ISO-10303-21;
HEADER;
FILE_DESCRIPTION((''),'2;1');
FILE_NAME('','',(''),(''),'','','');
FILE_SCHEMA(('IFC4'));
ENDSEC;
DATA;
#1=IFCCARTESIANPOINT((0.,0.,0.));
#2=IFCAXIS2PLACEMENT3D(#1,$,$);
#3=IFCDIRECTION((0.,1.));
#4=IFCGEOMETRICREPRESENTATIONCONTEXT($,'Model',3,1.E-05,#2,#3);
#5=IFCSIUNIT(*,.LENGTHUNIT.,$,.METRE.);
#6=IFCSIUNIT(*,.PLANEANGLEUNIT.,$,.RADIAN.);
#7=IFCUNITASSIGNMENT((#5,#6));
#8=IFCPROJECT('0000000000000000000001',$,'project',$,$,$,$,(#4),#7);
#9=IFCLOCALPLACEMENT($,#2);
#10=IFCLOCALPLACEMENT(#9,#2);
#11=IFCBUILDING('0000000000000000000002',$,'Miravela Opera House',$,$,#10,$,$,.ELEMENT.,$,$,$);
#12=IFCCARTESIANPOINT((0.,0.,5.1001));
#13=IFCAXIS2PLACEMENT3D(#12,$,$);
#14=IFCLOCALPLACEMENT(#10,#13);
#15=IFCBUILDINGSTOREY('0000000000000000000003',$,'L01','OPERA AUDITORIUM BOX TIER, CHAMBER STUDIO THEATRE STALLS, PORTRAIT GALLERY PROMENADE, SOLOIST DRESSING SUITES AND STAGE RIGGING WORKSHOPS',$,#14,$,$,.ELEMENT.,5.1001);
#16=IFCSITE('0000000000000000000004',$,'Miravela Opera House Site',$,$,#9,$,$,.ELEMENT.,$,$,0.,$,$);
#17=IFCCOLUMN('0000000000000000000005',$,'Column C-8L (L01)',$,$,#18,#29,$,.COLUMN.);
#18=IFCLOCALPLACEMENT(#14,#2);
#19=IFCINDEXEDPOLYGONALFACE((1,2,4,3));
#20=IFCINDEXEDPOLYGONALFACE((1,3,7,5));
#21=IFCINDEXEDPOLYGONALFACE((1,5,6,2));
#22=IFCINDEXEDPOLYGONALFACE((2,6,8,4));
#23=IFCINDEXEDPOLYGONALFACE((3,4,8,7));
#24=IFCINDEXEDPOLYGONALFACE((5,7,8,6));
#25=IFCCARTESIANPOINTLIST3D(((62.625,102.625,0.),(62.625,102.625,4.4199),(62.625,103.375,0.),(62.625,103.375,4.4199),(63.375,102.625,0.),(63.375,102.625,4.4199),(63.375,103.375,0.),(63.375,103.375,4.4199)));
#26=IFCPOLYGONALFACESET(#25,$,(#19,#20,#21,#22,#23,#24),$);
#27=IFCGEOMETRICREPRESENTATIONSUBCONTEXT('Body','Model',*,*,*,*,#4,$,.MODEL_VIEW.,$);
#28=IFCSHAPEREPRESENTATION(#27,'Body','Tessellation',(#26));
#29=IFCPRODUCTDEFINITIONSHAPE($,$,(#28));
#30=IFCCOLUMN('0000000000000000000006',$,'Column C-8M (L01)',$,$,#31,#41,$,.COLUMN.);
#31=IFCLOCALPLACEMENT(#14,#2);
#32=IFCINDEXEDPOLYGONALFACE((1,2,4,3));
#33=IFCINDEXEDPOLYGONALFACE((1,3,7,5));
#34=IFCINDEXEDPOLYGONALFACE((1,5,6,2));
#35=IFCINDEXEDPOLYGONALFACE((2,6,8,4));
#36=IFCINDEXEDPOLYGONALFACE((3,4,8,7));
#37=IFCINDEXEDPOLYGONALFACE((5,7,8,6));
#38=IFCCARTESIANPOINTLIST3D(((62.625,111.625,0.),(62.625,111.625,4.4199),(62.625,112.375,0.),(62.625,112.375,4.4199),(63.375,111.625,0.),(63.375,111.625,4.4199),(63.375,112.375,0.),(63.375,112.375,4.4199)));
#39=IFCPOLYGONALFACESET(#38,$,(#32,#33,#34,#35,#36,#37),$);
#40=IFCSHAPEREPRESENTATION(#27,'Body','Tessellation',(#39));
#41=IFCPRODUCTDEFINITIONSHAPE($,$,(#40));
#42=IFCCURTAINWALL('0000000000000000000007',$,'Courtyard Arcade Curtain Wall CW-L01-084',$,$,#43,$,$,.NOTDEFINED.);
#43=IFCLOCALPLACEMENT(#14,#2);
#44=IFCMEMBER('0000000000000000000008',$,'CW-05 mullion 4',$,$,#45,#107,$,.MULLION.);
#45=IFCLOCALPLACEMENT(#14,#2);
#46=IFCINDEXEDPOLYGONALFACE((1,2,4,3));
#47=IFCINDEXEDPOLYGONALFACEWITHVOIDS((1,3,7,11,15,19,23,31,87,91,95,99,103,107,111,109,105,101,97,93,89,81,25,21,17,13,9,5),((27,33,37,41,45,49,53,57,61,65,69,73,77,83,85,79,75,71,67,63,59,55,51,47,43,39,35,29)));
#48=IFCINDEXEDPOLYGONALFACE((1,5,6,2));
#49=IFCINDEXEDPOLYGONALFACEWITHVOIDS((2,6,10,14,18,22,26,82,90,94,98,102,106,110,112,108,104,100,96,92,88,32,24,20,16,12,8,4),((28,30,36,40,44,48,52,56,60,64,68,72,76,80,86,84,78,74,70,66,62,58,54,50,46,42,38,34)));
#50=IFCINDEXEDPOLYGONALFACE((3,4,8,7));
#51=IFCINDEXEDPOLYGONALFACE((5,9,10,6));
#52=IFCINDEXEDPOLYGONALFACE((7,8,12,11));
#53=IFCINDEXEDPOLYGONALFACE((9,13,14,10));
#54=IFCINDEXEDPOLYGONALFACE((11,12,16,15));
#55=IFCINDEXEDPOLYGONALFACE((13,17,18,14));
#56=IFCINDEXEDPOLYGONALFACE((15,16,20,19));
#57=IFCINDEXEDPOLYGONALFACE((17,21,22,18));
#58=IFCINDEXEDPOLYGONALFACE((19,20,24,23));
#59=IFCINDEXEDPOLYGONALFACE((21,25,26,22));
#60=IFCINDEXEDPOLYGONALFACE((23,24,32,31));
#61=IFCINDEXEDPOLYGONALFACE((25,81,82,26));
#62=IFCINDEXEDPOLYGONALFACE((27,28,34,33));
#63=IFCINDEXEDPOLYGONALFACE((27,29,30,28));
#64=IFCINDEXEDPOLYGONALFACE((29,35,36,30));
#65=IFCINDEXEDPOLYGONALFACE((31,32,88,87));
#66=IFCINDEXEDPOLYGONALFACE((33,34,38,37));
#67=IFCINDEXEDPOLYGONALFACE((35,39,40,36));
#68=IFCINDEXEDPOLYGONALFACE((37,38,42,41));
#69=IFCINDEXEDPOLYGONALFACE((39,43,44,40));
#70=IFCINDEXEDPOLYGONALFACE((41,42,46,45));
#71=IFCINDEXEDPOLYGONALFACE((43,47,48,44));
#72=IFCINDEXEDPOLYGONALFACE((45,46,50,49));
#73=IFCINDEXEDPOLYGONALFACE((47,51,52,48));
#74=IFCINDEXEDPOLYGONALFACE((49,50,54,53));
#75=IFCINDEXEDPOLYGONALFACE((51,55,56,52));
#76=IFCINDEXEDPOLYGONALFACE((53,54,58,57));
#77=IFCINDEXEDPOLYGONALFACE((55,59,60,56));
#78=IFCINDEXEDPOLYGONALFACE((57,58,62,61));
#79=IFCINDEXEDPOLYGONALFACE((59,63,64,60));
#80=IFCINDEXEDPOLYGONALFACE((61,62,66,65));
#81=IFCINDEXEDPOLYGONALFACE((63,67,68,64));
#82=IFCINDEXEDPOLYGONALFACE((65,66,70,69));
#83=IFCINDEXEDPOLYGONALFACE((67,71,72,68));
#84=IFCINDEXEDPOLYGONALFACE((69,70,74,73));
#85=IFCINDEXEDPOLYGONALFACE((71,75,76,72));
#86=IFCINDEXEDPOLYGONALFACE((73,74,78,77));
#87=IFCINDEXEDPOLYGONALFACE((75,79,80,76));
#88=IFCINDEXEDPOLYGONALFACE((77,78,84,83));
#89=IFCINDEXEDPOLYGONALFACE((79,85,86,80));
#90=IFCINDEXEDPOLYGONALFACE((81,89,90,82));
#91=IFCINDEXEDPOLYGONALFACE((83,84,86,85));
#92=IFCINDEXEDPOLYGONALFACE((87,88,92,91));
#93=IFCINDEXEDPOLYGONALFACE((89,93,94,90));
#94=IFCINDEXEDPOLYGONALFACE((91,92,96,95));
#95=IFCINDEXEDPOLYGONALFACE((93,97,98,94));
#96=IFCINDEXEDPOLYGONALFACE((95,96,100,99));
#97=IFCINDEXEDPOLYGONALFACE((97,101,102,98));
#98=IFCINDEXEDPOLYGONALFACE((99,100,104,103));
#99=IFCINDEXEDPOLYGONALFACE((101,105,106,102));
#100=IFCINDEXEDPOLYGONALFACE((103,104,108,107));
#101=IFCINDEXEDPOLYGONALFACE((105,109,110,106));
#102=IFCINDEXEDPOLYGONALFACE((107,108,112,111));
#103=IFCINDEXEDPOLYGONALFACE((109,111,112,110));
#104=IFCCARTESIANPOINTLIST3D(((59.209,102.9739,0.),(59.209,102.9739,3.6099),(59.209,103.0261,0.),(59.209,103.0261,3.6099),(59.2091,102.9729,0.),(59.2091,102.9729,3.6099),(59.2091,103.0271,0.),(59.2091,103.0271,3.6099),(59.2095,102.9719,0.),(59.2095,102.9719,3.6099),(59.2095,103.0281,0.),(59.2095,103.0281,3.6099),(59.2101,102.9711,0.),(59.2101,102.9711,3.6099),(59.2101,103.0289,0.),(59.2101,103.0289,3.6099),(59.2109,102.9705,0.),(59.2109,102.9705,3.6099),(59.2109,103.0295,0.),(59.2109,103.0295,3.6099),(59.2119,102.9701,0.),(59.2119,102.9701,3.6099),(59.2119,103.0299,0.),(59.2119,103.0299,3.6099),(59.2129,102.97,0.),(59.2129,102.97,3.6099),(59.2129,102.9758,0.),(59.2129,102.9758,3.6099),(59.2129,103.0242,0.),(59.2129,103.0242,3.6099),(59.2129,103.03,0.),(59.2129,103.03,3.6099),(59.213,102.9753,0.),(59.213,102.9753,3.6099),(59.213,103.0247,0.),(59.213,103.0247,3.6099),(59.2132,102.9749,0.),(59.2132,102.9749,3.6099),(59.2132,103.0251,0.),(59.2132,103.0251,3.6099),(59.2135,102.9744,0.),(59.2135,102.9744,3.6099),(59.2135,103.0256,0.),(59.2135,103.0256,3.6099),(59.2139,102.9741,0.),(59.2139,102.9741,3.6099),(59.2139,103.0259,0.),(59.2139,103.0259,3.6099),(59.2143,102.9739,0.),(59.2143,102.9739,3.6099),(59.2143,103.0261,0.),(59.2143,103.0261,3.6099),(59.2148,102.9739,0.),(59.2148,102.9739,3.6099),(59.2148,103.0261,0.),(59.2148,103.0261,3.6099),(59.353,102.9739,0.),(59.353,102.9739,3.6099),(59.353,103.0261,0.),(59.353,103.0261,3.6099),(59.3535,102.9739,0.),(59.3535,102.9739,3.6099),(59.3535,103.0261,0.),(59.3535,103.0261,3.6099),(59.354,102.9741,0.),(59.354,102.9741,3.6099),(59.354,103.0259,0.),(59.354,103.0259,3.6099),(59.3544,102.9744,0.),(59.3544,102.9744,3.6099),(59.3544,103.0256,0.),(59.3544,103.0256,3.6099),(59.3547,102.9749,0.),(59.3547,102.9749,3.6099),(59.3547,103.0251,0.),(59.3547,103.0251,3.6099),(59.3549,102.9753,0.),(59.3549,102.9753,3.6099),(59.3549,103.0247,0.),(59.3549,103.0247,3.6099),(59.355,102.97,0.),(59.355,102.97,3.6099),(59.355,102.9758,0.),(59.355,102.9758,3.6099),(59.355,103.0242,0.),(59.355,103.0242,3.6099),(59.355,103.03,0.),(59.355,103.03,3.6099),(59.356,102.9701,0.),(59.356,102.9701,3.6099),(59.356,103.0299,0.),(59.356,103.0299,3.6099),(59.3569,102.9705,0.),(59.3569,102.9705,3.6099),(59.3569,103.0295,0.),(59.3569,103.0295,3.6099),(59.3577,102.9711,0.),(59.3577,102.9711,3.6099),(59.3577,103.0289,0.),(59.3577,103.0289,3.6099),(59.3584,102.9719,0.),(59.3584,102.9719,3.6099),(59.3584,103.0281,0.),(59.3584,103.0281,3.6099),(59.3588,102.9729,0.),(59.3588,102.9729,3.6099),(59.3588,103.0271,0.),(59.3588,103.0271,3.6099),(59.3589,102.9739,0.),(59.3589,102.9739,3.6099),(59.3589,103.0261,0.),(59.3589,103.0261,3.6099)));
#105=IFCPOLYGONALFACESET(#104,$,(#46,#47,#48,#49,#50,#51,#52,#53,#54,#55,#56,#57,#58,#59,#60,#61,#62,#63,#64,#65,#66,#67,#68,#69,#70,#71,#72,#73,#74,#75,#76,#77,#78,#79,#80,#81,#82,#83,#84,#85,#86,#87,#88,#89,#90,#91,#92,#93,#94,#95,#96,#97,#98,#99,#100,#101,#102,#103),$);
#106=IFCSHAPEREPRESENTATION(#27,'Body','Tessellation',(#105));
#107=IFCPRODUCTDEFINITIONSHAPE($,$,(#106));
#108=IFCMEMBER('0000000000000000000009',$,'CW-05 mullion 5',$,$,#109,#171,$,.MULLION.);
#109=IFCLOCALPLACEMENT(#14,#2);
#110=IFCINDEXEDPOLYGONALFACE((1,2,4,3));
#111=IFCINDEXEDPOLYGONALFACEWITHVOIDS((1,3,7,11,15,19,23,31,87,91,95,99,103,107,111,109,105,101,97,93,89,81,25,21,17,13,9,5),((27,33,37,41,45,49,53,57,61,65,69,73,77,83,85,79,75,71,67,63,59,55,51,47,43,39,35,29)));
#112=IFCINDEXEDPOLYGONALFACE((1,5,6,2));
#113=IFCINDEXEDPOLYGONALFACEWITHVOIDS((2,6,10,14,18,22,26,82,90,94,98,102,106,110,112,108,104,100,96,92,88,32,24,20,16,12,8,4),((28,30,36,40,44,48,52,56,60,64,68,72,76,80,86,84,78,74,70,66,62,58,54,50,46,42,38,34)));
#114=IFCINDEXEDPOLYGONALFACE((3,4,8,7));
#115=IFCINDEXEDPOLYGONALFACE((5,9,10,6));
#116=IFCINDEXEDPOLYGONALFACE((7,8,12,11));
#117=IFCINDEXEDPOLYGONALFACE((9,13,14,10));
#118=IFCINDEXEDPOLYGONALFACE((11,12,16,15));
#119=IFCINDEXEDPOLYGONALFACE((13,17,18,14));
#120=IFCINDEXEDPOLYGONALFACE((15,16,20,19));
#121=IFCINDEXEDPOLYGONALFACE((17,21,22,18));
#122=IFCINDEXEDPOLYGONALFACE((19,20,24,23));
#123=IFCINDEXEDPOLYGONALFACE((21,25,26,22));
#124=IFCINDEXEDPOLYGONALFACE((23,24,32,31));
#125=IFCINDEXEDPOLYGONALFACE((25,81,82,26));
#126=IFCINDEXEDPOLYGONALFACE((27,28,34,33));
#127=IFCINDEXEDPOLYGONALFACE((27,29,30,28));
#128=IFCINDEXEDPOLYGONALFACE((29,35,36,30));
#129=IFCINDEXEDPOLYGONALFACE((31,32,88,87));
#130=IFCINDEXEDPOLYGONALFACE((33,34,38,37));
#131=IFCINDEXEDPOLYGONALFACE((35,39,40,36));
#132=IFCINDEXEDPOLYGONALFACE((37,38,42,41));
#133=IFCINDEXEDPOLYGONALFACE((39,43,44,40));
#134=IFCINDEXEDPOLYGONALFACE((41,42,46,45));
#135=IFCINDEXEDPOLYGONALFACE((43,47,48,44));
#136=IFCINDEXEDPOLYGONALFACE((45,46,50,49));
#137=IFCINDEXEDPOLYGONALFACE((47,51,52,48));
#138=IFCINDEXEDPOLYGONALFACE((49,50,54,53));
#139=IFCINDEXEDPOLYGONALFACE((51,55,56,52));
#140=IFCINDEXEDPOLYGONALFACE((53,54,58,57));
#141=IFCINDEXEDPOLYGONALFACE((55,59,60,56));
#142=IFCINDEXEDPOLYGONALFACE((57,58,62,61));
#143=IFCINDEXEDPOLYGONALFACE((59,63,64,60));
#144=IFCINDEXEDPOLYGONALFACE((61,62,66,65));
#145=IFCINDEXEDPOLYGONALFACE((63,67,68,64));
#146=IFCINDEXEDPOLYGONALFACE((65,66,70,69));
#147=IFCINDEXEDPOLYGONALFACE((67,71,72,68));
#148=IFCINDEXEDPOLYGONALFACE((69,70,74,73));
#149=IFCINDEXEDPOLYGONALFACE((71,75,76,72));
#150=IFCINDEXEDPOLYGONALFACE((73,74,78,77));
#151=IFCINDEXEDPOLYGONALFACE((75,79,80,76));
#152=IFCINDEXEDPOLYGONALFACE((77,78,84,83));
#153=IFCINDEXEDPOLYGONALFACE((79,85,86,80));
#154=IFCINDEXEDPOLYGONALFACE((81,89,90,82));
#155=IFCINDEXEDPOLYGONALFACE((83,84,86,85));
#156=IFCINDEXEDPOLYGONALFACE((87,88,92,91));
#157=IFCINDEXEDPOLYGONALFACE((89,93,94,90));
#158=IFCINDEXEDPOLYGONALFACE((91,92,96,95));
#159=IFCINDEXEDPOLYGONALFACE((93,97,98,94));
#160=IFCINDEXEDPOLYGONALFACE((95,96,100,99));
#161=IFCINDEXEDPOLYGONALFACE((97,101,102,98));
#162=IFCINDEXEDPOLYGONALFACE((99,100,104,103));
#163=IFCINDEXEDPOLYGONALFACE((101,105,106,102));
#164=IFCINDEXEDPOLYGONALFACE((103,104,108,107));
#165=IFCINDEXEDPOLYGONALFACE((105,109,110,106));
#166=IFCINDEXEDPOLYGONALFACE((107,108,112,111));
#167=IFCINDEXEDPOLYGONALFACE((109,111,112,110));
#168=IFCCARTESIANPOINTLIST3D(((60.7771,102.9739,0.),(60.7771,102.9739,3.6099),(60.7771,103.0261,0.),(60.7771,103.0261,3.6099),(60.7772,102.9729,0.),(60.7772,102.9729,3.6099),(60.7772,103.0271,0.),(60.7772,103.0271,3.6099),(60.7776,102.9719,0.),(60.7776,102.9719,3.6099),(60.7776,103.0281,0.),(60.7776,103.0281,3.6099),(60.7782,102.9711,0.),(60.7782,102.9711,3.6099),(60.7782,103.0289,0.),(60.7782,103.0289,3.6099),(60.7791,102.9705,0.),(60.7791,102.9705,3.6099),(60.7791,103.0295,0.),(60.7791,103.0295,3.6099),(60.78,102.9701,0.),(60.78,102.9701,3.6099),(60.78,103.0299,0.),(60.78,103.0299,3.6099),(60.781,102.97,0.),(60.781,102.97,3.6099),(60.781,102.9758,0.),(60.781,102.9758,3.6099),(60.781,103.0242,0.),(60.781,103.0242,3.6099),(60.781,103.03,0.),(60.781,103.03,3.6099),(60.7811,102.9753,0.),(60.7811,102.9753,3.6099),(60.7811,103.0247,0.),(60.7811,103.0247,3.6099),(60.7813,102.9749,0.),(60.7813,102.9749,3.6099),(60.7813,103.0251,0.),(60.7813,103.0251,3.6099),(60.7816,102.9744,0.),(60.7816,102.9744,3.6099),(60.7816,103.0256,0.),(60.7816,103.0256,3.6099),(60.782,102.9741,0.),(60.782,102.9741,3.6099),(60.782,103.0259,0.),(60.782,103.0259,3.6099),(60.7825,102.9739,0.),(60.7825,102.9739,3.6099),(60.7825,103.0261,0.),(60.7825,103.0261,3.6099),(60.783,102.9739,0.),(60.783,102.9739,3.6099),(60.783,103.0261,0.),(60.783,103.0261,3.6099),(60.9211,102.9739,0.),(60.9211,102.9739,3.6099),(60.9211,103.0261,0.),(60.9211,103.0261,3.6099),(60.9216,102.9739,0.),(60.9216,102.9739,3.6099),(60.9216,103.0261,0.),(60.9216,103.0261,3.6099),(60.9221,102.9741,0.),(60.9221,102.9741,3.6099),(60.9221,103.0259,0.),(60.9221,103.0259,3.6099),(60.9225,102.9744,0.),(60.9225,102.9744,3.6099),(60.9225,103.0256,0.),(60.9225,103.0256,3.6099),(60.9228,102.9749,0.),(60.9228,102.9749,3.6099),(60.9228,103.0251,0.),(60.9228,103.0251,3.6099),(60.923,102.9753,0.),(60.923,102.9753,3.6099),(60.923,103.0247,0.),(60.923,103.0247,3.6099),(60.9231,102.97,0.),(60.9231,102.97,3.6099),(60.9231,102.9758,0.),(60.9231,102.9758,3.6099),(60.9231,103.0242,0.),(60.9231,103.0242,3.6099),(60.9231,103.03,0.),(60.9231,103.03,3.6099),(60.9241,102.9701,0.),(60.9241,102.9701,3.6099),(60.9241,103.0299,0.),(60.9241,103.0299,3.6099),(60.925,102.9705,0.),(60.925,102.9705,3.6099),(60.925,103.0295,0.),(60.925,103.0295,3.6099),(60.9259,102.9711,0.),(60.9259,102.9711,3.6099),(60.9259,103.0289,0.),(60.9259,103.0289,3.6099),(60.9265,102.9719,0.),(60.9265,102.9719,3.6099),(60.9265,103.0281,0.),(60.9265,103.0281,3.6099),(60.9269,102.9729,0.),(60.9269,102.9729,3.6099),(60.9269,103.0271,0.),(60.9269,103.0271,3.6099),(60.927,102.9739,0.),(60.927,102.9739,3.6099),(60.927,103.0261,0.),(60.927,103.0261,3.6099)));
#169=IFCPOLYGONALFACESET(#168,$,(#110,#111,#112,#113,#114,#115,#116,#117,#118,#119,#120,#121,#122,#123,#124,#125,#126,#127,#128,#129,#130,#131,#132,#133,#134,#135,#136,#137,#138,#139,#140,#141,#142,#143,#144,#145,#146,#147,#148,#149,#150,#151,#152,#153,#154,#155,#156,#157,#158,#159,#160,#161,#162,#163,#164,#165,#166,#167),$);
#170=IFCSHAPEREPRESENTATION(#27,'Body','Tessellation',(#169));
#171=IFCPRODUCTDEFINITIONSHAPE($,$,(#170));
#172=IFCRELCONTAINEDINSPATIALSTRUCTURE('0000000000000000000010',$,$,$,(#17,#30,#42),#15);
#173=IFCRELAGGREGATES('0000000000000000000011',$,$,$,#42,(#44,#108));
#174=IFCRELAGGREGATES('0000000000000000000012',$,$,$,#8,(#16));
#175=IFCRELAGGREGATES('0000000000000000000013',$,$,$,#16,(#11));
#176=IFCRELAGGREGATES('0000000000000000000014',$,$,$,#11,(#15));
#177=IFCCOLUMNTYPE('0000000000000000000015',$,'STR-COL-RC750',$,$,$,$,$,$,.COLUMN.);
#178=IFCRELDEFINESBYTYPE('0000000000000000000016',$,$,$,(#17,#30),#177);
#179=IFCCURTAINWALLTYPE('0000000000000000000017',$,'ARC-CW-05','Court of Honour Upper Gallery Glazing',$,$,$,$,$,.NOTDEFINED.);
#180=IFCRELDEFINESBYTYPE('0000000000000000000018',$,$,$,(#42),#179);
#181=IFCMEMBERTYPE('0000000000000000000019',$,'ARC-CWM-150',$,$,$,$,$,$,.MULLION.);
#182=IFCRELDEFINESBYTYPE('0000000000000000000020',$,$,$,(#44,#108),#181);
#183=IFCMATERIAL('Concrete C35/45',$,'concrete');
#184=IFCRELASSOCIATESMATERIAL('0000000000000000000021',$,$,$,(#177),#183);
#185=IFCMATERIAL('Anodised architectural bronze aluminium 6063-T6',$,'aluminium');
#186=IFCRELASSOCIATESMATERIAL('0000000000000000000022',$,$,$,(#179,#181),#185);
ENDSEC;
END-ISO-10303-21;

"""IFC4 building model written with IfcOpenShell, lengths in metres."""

from ifc_helpers import new_model, si_unit, direction, frame, origin, origin_2d, place, context, subcontext, project, spatial, rectangle, hollow_rectangle, extrude, material, material_profile, profile_set, type_object, element, aggregate, save


model = new_model("IFC4")

# Units and contexts
model_context = context("Model", 3, precision=1e-05, world=origin(), true_north=direction((0.0, 1.0)))
body_context = subcontext(model_context, "Body", "Model", "MODEL_VIEW")
ifc_project = project(units=[si_unit("LENGTHUNIT", "METRE"), si_unit("PLANEANGLEUNIT", "RADIAN")], contexts=[model_context])

# Site, building, storey
site_placement = place(None, origin())
site = spatial("IfcSite", under=ifc_project, at=site_placement, Name="Miravela Opera House Site", CompositionType="ELEMENT", RefElevation=0.0)
building_placement = place(site_placement, origin())
building = spatial("IfcBuilding", under=site, at=building_placement, Name="Miravela Opera House", CompositionType="ELEMENT")
storey_placement = place(building_placement, frame((0.0, 0.0, 5.1001)))
storey = spatial("IfcBuildingStorey", under=building, at=storey_placement, Name="L01", Description="OPERA AUDITORIUM BOX TIER, CHAMBER STUDIO THEATRE STALLS, PORTRAIT GALLERY PROMENADE, SOLOIST DRESSING SUITES AND STAGE RIGGING WORKSHOPS", CompositionType="ELEMENT", Elevation=5.1001)

# Columns
ifc_material_1 = material(Name="Concrete C35/45", Category="concrete")
ifc_material_profile_1 = material_profile(ifc_material_1, rectangle(XDim=0.75, YDim=0.75, at=origin_2d()), Name="RC-COL-750X750")
ifc_profile_set_1 = profile_set([ifc_material_profile_1])
column_type = type_object("IfcColumnType", Name="STR-COL-RC750", PredefinedType="COLUMN", material=ifc_profile_set_1)
for number, where, z_axis, x_axis, name in (
    (1, (63.0, 103.0, 0.0), (0.0, 0.0, 1.0), (1.0, 0.0, 0.0), "Column C-8L (L01)"),
    (2, (63.0, 112.0, 0.0), (0.0, 0.0, 1.0), (1.0, 0.0, 0.0), "Column C-8M (L01)"),
):
    element("IfcColumn", number, at=place(storey_placement, frame(where, z_axis=z_axis, x_axis=x_axis)), inside=storey, type_object=column_type, Name=name, PredefinedType="COLUMN", context=body_context, shape_type="SweptSolid", body=[
        extrude(rectangle(XDim=0.75, YDim=0.75, at=origin_2d()), origin(), (0.0, 0.0, 1.0), 4.4199),
    ])

# Curtain wall, members
ifc_material_2 = material(Name="Anodised architectural bronze aluminium 6063-T6", Category="aluminium")
curtain_wall_type = type_object("IfcCurtainWallType", Name="ARC-CW-05", Description="Court of Honour Upper Gallery Glazing", PredefinedType="NOTDEFINED", material=ifc_material_2)
curtain_wall_placement = place(storey_placement, origin())
curtain_wall = element("IfcCurtainWall", 3, at=curtain_wall_placement, inside=storey, type_object=curtain_wall_type, Name="Courtyard Arcade Curtain Wall CW-L01-084", PredefinedType="NOTDEFINED")
ifc_material_profile_2 = material_profile(ifc_material_2, hollow_rectangle(XDim=0.0601, YDim=0.1499, WallThickness=0.0039, InnerFilletRadius=0.002, OuterFilletRadius=0.0039, at=origin_2d()), Name="CWM-60X150")
ifc_profile_set_2 = profile_set([ifc_material_profile_2])
member_type_1 = type_object("IfcMemberType", Name="ARC-CWM-150", PredefinedType="MULLION", material=ifc_profile_set_2)
member_1_placement = place(storey_placement, frame((59.2839, 103.0, 0.0), z_axis=(0.0, 0.0, 1.0), x_axis=(0.0, 1.0, 0.0)))
member_1 = element("IfcMember", 4, at=member_1_placement, type_object=member_type_1, Name="CW-05 mullion 4", PredefinedType="MULLION", context=body_context, shape_type="SweptSolid", body=[
    extrude(hollow_rectangle(XDim=0.0601, YDim=0.1499, WallThickness=0.0039, InnerFilletRadius=0.002, OuterFilletRadius=0.0039, at=origin_2d()), origin(), (0.0, 0.0, 1.0), 3.6099),
])
member_2_placement = place(storey_placement, frame((60.8521, 103.0, 0.0), z_axis=(0.0, 0.0, 1.0), x_axis=(0.0, 1.0, 0.0)))
member_2 = element("IfcMember", 5, at=member_2_placement, type_object=member_type_1, Name="CW-05 mullion 5", PredefinedType="MULLION", context=body_context, shape_type="SweptSolid", body=[
    extrude(hollow_rectangle(XDim=0.0601, YDim=0.1499, WallThickness=0.0039, InnerFilletRadius=0.002, OuterFilletRadius=0.0039, at=origin_2d()), origin(), (0.0, 0.0, 1.0), 3.6099),
])

aggregate(curtain_wall, [member_1, member_2])

save(model, "model.ifc")
